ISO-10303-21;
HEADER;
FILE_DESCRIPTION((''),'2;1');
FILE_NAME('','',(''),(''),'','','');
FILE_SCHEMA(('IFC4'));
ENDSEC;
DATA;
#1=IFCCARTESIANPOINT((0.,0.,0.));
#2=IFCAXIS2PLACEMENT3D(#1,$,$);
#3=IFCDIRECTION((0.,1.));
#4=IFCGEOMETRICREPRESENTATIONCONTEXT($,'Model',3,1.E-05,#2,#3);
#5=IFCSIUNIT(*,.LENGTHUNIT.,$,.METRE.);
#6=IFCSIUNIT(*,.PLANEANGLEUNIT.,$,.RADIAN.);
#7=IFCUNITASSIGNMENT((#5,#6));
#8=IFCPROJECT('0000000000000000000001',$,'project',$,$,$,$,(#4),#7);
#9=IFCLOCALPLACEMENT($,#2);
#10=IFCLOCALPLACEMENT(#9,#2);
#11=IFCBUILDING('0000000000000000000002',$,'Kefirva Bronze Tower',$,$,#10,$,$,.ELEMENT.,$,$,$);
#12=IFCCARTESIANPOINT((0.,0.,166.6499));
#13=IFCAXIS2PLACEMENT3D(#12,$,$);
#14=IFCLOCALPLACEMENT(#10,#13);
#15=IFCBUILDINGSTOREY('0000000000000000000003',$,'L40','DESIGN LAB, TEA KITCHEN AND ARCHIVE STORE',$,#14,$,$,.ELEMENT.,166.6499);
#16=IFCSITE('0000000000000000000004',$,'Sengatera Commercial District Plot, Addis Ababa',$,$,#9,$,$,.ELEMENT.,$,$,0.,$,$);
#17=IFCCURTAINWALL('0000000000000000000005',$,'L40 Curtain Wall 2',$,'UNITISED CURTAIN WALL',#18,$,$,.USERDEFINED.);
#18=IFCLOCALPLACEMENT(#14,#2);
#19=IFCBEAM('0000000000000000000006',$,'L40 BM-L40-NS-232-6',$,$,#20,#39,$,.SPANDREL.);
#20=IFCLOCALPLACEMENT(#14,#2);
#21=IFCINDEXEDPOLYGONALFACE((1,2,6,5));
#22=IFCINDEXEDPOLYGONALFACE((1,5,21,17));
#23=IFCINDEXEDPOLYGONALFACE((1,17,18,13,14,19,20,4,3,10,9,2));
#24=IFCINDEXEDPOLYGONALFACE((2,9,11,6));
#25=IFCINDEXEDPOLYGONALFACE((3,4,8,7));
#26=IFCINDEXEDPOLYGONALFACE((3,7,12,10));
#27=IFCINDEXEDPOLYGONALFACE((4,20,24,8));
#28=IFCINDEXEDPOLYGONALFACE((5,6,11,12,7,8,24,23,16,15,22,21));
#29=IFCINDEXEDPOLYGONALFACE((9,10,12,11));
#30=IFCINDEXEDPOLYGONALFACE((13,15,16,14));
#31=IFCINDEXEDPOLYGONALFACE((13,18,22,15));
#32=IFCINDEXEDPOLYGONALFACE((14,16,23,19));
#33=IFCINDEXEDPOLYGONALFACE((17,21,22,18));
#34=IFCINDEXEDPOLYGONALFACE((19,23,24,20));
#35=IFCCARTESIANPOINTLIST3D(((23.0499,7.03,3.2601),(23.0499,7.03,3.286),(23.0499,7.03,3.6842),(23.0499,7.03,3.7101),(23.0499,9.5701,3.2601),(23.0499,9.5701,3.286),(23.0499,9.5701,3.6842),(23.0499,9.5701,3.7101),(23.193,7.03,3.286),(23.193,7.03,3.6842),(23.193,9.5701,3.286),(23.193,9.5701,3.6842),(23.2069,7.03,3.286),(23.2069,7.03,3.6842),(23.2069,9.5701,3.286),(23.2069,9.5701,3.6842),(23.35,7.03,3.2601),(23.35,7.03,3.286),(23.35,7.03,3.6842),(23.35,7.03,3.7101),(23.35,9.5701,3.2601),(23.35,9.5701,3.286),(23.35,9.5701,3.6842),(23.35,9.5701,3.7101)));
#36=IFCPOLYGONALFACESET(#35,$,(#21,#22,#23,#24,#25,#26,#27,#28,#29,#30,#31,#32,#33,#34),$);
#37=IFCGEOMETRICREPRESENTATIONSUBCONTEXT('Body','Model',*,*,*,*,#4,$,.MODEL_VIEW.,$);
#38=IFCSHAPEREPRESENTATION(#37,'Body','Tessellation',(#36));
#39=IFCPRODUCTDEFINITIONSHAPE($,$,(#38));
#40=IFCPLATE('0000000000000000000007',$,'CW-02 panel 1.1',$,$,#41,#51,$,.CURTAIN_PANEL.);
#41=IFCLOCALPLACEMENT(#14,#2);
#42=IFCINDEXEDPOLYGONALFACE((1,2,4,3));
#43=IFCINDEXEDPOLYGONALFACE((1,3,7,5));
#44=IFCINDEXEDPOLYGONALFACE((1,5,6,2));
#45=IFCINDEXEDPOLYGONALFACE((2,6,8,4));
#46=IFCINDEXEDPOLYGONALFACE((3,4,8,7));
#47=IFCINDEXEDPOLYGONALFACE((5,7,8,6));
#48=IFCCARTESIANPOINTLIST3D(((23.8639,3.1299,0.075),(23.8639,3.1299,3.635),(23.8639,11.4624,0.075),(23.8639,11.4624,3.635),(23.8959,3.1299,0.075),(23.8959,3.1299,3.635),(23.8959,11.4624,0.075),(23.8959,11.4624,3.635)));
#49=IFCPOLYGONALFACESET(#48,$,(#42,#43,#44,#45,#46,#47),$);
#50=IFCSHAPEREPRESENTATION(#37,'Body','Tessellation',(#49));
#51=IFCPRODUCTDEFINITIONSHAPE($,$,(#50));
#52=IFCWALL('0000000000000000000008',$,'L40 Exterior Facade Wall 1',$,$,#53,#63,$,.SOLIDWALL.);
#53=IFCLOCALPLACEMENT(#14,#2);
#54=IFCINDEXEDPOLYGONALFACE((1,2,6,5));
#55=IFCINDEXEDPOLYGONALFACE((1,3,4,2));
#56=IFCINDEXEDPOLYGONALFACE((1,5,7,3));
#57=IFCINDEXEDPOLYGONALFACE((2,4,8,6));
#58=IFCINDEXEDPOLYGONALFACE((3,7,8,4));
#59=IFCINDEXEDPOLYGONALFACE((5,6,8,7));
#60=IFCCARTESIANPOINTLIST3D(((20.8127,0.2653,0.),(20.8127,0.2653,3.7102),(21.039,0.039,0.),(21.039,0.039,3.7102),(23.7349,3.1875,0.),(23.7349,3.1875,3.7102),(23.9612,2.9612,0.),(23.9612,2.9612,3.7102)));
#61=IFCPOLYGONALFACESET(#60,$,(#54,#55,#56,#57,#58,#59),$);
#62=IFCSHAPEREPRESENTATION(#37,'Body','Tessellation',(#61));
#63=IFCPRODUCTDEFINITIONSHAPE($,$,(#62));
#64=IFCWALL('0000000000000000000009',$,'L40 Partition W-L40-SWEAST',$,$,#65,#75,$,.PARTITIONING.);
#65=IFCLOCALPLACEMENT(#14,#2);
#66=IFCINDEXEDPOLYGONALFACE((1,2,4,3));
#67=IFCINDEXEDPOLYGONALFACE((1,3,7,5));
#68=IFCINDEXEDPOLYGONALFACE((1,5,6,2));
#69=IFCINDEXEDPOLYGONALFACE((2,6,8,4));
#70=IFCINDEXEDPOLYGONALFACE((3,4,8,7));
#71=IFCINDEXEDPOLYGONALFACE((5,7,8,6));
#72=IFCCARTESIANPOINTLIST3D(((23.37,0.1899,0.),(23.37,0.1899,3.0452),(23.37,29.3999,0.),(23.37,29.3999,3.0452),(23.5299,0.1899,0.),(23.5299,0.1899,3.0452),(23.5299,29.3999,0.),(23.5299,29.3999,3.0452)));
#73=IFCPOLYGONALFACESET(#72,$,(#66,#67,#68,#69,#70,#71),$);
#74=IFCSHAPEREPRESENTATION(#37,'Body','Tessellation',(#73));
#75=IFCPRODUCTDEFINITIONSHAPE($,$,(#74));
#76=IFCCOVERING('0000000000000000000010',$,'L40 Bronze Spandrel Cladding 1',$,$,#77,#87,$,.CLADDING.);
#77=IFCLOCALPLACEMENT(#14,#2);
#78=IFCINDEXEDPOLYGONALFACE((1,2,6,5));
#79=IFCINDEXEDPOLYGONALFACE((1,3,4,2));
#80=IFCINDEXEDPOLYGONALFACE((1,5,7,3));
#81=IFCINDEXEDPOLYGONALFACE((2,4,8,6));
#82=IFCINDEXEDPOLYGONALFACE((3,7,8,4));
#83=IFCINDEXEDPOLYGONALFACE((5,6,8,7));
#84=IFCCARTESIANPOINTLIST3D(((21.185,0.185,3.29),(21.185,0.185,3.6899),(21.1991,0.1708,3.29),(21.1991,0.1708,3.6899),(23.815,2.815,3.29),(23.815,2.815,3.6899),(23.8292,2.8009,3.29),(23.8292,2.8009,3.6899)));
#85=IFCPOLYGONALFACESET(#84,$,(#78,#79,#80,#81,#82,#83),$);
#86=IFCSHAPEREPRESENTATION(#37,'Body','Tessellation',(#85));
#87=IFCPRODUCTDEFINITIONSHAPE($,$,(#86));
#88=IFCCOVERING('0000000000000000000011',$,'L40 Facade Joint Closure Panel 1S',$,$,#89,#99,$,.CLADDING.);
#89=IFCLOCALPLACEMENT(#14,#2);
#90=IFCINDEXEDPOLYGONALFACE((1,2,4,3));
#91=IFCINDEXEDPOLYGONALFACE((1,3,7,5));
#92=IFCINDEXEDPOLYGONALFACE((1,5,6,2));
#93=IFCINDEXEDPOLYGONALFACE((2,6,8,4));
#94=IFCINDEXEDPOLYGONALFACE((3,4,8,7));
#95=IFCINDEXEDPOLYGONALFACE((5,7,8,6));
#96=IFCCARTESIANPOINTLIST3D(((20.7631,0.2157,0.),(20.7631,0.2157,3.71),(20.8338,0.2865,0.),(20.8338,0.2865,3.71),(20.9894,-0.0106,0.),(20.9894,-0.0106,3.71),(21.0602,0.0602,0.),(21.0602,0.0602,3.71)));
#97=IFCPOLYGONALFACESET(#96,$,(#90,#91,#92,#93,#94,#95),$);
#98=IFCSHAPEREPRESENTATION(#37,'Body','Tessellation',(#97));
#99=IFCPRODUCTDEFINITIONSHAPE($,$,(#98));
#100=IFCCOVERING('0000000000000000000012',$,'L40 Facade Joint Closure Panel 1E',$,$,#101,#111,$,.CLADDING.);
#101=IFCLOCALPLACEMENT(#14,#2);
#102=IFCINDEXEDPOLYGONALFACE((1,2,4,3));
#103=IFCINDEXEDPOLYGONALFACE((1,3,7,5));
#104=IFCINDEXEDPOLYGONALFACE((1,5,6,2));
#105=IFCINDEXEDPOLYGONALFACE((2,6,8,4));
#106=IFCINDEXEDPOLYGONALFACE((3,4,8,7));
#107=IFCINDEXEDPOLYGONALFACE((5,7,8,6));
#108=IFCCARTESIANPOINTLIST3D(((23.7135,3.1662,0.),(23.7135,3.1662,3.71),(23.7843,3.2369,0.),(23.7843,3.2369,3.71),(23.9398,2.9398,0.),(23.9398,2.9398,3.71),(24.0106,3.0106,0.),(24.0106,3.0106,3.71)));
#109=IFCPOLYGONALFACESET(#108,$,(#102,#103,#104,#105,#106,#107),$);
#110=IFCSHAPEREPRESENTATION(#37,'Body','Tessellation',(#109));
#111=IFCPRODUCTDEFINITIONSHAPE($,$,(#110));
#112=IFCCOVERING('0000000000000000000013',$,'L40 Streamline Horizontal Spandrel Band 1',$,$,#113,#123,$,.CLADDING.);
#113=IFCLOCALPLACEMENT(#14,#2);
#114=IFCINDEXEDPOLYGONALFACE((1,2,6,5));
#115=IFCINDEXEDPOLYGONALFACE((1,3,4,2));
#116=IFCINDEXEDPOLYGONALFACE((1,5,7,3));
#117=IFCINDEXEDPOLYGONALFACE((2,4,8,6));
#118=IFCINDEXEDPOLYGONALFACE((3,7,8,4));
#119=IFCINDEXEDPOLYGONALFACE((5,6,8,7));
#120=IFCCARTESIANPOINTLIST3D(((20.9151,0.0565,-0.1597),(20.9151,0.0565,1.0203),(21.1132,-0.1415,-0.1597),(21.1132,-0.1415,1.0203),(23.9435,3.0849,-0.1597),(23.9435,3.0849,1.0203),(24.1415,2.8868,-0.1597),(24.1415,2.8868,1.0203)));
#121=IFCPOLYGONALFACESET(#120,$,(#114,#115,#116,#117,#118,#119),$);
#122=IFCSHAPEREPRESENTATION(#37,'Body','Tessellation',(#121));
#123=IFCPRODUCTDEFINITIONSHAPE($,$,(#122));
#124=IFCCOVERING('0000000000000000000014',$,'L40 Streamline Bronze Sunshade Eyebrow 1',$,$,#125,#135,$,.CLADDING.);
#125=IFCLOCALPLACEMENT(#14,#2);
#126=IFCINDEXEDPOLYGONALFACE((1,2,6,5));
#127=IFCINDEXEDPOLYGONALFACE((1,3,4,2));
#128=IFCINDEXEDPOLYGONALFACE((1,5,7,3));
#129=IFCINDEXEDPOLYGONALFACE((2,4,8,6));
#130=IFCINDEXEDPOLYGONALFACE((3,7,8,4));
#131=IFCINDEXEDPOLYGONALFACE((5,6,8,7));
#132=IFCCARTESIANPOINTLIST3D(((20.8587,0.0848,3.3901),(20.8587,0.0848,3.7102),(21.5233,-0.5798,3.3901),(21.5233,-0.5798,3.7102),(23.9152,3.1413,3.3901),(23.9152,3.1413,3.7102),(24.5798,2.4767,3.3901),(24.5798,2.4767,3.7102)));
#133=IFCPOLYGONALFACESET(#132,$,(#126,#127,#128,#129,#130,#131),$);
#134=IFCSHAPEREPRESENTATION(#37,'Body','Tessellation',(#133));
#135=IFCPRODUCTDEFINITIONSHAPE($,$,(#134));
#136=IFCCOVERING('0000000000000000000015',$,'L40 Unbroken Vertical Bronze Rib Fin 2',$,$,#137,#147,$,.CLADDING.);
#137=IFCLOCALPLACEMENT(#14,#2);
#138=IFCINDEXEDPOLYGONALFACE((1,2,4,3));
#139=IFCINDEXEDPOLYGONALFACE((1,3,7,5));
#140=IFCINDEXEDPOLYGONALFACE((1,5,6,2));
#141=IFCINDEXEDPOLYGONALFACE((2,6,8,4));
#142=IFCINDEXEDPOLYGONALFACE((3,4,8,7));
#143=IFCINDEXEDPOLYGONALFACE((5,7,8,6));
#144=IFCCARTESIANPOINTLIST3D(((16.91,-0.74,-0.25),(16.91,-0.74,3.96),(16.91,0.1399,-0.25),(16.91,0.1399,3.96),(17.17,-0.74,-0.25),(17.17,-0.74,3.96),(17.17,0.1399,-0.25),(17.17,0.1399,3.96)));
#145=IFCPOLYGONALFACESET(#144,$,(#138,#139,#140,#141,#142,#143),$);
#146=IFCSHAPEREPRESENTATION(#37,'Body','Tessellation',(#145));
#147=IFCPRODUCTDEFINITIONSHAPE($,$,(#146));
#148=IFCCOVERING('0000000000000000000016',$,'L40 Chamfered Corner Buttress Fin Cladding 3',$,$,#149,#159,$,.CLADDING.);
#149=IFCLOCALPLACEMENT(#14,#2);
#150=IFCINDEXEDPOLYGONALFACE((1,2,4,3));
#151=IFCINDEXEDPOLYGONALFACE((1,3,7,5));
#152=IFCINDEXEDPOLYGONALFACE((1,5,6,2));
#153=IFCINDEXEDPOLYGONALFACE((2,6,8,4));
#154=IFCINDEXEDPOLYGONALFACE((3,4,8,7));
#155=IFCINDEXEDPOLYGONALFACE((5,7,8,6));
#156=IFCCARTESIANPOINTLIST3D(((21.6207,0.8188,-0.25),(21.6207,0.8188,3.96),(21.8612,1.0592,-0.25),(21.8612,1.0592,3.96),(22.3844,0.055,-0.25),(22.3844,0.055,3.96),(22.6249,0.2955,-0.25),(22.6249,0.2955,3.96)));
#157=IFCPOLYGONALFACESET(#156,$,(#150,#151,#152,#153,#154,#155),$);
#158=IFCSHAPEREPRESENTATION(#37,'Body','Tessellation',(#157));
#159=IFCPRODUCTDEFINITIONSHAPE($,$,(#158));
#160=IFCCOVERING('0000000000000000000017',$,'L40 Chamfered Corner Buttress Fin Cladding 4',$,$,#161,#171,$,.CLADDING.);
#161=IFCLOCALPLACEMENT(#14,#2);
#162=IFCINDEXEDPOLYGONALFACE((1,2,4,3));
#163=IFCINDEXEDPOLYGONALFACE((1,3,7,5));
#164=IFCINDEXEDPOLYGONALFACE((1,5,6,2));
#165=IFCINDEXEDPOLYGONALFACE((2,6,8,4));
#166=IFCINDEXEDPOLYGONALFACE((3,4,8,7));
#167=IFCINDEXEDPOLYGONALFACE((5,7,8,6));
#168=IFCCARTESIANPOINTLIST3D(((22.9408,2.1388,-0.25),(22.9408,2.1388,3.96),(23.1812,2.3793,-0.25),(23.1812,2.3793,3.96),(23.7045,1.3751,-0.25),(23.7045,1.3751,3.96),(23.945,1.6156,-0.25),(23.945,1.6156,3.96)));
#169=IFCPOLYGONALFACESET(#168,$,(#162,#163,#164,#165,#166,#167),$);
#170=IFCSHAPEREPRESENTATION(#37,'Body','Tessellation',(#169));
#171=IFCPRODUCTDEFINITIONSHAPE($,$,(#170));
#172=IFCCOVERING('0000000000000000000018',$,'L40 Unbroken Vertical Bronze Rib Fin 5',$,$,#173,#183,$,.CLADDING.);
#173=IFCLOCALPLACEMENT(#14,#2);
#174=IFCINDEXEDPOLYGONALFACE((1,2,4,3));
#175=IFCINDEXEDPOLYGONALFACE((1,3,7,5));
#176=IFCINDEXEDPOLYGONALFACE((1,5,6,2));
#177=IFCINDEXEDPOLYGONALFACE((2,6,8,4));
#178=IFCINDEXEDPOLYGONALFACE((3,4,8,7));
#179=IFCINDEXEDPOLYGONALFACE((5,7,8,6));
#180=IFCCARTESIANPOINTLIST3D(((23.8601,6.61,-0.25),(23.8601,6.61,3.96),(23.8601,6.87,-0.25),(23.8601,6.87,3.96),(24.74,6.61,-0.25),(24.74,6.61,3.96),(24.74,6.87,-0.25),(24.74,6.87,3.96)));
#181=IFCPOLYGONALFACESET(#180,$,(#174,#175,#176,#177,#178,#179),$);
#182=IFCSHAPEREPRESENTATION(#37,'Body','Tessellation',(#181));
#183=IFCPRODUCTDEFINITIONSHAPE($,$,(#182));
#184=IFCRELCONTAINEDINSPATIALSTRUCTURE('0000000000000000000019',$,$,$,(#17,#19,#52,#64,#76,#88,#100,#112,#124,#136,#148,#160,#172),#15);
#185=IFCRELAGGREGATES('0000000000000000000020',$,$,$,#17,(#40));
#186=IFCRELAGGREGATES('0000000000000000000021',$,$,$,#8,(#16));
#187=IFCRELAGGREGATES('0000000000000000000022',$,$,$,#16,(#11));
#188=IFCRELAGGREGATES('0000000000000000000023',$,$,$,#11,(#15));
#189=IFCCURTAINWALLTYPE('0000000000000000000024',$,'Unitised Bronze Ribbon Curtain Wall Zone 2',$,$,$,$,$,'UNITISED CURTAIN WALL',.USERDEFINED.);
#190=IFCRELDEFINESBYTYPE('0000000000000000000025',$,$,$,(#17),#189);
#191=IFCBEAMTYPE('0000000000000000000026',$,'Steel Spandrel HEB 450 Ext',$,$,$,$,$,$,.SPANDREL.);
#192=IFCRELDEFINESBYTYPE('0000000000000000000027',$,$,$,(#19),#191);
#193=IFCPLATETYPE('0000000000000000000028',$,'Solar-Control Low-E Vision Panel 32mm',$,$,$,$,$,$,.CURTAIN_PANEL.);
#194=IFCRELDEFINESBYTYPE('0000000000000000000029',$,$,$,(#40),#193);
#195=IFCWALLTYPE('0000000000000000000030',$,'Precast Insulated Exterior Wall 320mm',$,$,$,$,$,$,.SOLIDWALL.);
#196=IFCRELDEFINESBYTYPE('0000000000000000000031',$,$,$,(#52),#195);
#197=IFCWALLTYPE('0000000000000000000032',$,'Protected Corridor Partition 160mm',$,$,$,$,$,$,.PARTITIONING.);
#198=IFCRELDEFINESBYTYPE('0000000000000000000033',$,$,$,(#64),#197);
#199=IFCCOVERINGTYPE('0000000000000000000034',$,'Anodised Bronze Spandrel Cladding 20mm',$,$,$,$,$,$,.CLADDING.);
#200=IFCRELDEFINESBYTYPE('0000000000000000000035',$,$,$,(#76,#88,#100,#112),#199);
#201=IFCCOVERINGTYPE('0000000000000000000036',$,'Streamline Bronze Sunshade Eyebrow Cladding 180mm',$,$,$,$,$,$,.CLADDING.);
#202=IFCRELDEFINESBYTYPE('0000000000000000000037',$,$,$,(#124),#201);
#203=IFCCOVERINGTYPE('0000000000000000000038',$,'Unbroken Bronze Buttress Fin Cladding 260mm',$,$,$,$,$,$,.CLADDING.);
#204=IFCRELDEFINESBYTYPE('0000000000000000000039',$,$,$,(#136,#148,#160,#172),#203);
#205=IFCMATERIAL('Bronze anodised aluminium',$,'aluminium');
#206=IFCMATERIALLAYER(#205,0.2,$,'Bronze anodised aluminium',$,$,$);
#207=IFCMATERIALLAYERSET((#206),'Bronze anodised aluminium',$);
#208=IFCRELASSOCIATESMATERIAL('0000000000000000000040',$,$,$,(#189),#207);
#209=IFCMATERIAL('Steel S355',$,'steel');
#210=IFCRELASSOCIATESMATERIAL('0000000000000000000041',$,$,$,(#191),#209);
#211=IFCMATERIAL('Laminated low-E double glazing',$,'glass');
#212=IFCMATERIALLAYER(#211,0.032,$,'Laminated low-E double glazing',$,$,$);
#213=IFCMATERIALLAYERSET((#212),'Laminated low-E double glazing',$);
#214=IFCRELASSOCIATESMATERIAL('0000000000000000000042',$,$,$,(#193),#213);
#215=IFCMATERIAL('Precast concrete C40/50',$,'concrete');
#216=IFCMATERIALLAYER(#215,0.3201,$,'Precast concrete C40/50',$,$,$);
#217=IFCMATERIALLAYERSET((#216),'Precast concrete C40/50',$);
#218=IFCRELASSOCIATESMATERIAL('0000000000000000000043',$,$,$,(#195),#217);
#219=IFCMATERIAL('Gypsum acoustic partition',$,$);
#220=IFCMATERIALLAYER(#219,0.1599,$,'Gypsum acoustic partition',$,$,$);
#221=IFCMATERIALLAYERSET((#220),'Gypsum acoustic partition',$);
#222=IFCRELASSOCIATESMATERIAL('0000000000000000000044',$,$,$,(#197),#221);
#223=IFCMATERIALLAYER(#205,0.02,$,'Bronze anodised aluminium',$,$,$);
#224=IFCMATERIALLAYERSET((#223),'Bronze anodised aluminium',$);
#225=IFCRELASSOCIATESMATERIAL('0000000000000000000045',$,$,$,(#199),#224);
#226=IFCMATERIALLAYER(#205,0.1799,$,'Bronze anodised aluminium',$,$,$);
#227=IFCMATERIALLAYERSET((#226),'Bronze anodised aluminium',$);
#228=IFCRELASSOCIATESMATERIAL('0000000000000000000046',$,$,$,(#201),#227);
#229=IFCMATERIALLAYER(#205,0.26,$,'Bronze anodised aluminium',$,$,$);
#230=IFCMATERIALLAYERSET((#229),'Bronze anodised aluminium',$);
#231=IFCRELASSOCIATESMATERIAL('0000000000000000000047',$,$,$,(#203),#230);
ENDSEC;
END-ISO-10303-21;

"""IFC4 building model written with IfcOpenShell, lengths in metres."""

from ifc_helpers import new_model, si_unit, direction, frame, frame_2d, origin, origin_2d, place, context, subcontext, project, spatial, rectangle, i_section, extrude, material, layer, layer_set, material_profile, profile_set, type_object, element, aggregate, save


model = new_model("IFC4")

# Units and contexts
model_context = context("Model", 3, precision=1e-05, world=origin(), true_north=direction((0.0, 1.0)))
body_context = subcontext(model_context, "Body", "Model", "MODEL_VIEW")
ifc_project = project(units=[si_unit("LENGTHUNIT", "METRE"), si_unit("PLANEANGLEUNIT", "RADIAN")], contexts=[model_context])

# Site, building, storey
site_placement = place(None, origin())
site = spatial("IfcSite", under=ifc_project, at=site_placement, Name="Sengatera Commercial District Plot, Addis Ababa", CompositionType="ELEMENT", RefElevation=0.0)
building_placement = place(site_placement, origin())
building = spatial("IfcBuilding", under=site, at=building_placement, Name="Kefirva Bronze Tower", CompositionType="ELEMENT")
storey_placement = place(building_placement, frame((0.0, 0.0, 166.6499)))
storey = spatial("IfcBuildingStorey", under=building, at=storey_placement, Name="L40", Description="DESIGN LAB, TEA KITCHEN AND ARCHIVE STORE", CompositionType="ELEMENT", Elevation=166.6499)

# Shared definitions
ifc_material_1 = material(Name="Bronze anodised aluminium", Category="aluminium")
ifc_layer_1 = layer(ifc_material_1, 0.2, Name="Bronze anodised aluminium")
ifc_layer_set_1 = layer_set([ifc_layer_1], Name="Bronze anodised aluminium")
curtain_wall_type = type_object("IfcCurtainWallType", Name="Unitised Bronze Ribbon Curtain Wall Zone 2", ElementType="UNITISED CURTAIN WALL", PredefinedType="USERDEFINED", material=ifc_layer_set_1)

# Curtain wall
curtain_wall_1_placement = place(storey_placement, origin())
curtain_wall_1 = element("IfcCurtainWall", 1, at=curtain_wall_1_placement, inside=storey, type_object=curtain_wall_type, Name="L40 Curtain Wall 2", ObjectType="UNITISED CURTAIN WALL", PredefinedType="USERDEFINED")

# Beam
ifc_material_2 = material(Name="Steel S355", Category="steel")
ifc_material_profile_1 = material_profile(ifc_material_2, i_section(OverallWidth=0.3, OverallDepth=0.45, WebThickness=0.0139, FlangeThickness=0.0259, at=origin_2d()), Name="HEB 450")
ifc_profile_set_1 = profile_set([ifc_material_profile_1], Name="Steel S355")
beam_type_1 = type_object("IfcBeamType", Name="Steel Spandrel HEB 450 Ext", PredefinedType="SPANDREL", material=ifc_profile_set_1)
beam_1_placement = place(storey_placement, frame((23.2, 7.03, 3.4851), z_axis=(0.0, 1.0, 0.0), x_axis=(-1.0, 0.0, 0.0)))
element("IfcBeam", 2, at=beam_1_placement, inside=storey, type_object=beam_type_1, Name="L40 BM-L40-NS-232-6", PredefinedType="SPANDREL", context=body_context, shape_type="SweptSolid", body=[
    extrude(i_section(OverallWidth=0.3, OverallDepth=0.45, WebThickness=0.0139, FlangeThickness=0.0259, at=origin_2d()), origin(), (0.0, 0.0, 1.0), 2.54),
])

# Plate
ifc_material_3 = material(Name="Laminated low-E double glazing", Category="glass")
ifc_layer_2 = layer(ifc_material_3, 0.032, Name="Laminated low-E double glazing")
ifc_layer_set_2 = layer_set([ifc_layer_2], Name="Laminated low-E double glazing")
plate_type = type_object("IfcPlateType", Name="Solar-Control Low-E Vision Panel 32mm", PredefinedType="CURTAIN_PANEL", material=ifc_layer_set_2)
plate_placement = place(storey_placement, frame((23.8799, 7.2961, 0.075), z_axis=(0.0, 0.0, 1.0), x_axis=(0.0, 1.0, 0.0)))
plate = element("IfcPlate", 3, at=plate_placement, type_object=plate_type, Name="CW-02 panel 1.1", PredefinedType="CURTAIN_PANEL", context=body_context, shape_type="SweptSolid", body=[
    extrude(rectangle(XDim=8.3325, YDim=0.032, at=origin_2d()), origin(), (0.0, 0.0, 1.0), 3.5601),
])
aggregate(curtain_wall_1, [plate])

# Walls
ifc_material_4 = material(Name="Precast concrete C40/50", Category="concrete")
ifc_layer_3 = layer(ifc_material_4, 0.3201, Name="Precast concrete C40/50")
ifc_layer_set_3 = layer_set([ifc_layer_3], Name="Precast concrete C40/50")
wall_type_1 = type_object("IfcWallType", Name="Precast Insulated Exterior Wall 320mm", PredefinedType="SOLIDWALL", material=ifc_layer_set_3)
wall_1_placement = place(storey_placement, frame((20.9258, 0.1521, 0.0), z_axis=(0.0, 0.0, 1.0), x_axis=(0.707107, 0.707107, 0.0)))
element("IfcWall", 4, at=wall_1_placement, inside=storey, type_object=wall_type_1, Name="L40 Exterior Facade Wall 1", PredefinedType="SOLIDWALL", context=body_context, shape_type="SweptSolid", body=[
    extrude(rectangle(XDim=4.1326, YDim=0.3201, at=frame_2d((2.0664, 0.0))), origin(), (0.0, 0.0, 1.0), 3.7102),
])
ifc_material_5 = material(Name="Gypsum acoustic partition")
ifc_layer_4 = layer(ifc_material_5, 0.1599, Name="Gypsum acoustic partition")
ifc_layer_set_4 = layer_set([ifc_layer_4], Name="Gypsum acoustic partition")
wall_type_2 = type_object("IfcWallType", Name="Protected Corridor Partition 160mm", PredefinedType="PARTITIONING", material=ifc_layer_set_4)
wall_2_placement = place(storey_placement, frame((23.45, 0.1899, 0.0), z_axis=(0.0, 0.0, 1.0), x_axis=(0.0, 1.0, 0.0)))
element("IfcWall", 5, at=wall_2_placement, inside=storey, type_object=wall_type_2, Name="L40 Partition W-L40-SWEAST", PredefinedType="PARTITIONING", context=body_context, shape_type="SweptSolid", body=[
    extrude(rectangle(XDim=29.21, YDim=0.1599, at=frame_2d((14.605, 0.0))), origin(), (0.0, 0.0, 1.0), 3.0452),
])

# Coverings
ifc_layer_5 = layer(ifc_material_1, 0.02, Name="Bronze anodised aluminium")
ifc_layer_set_5 = layer_set([ifc_layer_5], Name="Bronze anodised aluminium")
covering_type_1 = type_object("IfcCoveringType", Name="Anodised Bronze Spandrel Cladding 20mm", PredefinedType="CLADDING", material=ifc_layer_set_5)
covering_1_placement = place(storey_placement, frame((22.5071, 1.4929, 3.29), z_axis=(0.0, 0.0, 1.0), x_axis=(0.707107, 0.707107, 0.0)))
element("IfcCovering", 6, at=covering_1_placement, inside=storey, type_object=covering_type_1, Name="L40 Bronze Spandrel Cladding 1", PredefinedType="CLADDING", context=body_context, shape_type="SweptSolid", body=[
    extrude(rectangle(XDim=3.7195, YDim=0.02, at=origin_2d()), origin(), (0.0, 0.0, 1.0), 0.3999),
])
for number, where, z_axis, x_axis, name in (
    (7, (20.9116, 0.1379, 0.0), (0.0, 0.0, 1.0), (0.707107, 0.707107, 0.0), "L40 Facade Joint Closure Panel 1S"),
    (8, (23.8621, 3.0884, 0.0), (0.0, 0.0, 1.0), (0.707107, 0.707107, 0.0), "L40 Facade Joint Closure Panel 1E"),
):
    element("IfcCovering", number, at=place(storey_placement, frame(where, z_axis=z_axis, x_axis=x_axis)), inside=storey, type_object=covering_type_1, Name=name, PredefinedType="CLADDING", context=body_context, shape_type="SweptSolid", body=[
        extrude(rectangle(XDim=0.1001, YDim=0.3201, at=origin_2d()), origin(), (0.0, 0.0, 1.0), 3.71),
    ])
covering_2_placement = place(storey_placement, frame((22.5283, 1.4717, -0.1597), z_axis=(0.0, 0.0, 1.0), x_axis=(0.707107, 0.707107, 0.0)))
element("IfcCovering", 9, at=covering_2_placement, inside=storey, type_object=covering_type_1, Name="L40 Streamline Horizontal Spandrel Band 1", PredefinedType="CLADDING", context=body_context, shape_type="SweptSolid", body=[
    extrude(rectangle(XDim=4.2827, YDim=0.28, at=origin_2d()), origin(), (0.0, 0.0, 1.0), 1.1799),
])
ifc_layer_6 = layer(ifc_material_1, 0.1799, Name="Bronze anodised aluminium")
ifc_layer_set_6 = layer_set([ifc_layer_6], Name="Bronze anodised aluminium")
covering_type_2 = type_object("IfcCoveringType", Name="Streamline Bronze Sunshade Eyebrow Cladding 180mm", PredefinedType="CLADDING", material=ifc_layer_set_6)
covering_3_placement = place(storey_placement, frame((22.7192, 1.2808, 3.3901), z_axis=(0.0, 0.0, 1.0), x_axis=(0.707107, 0.707107, 0.0)))
element("IfcCovering", 10, at=covering_3_placement, inside=storey, type_object=covering_type_2, Name="L40 Streamline Bronze Sunshade Eyebrow 1", PredefinedType="CLADDING", context=body_context, shape_type="SweptSolid", body=[
    extrude(rectangle(XDim=4.3225, YDim=0.9399, at=origin_2d()), origin(), (0.0, 0.0, 1.0), 0.3201),
])
ifc_layer_7 = layer(ifc_material_1, 0.26, Name="Bronze anodised aluminium")
ifc_layer_set_7 = layer_set([ifc_layer_7], Name="Bronze anodised aluminium")
covering_type_3 = type_object("IfcCoveringType", Name="Unbroken Bronze Buttress Fin Cladding 260mm", PredefinedType="CLADDING", material=ifc_layer_set_7)
covering_4_placement = place(storey_placement, frame((17.04, -0.3, -0.25), z_axis=(0.0, 0.0, 1.0), x_axis=(1.0, 0.0, 0.0)))
element("IfcCovering", 11, at=covering_4_placement, inside=storey, type_object=covering_type_3, Name="L40 Unbroken Vertical Bronze Rib Fin 2", PredefinedType="CLADDING", context=body_context, shape_type="SweptSolid", body=[
    extrude(rectangle(XDim=0.26, YDim=0.8799, at=origin_2d()), origin(), (0.0, 0.0, 1.0), 4.21),
])
for number, where, z_axis, x_axis, name in (
    (12, (22.1228, 0.5571, -0.25), (0.0, 0.0, 1.0), (0.707107, 0.707107, 0.0), "L40 Chamfered Corner Buttress Fin Cladding 3"),
    (13, (23.4429, 1.8772, -0.25), (0.0, 0.0, 1.0), (0.707107, 0.707107, 0.0), "L40 Chamfered Corner Buttress Fin Cladding 4"),
):
    element("IfcCovering", number, at=place(storey_placement, frame(where, z_axis=z_axis, x_axis=x_axis)), inside=storey, type_object=covering_type_3, Name=name, PredefinedType="CLADDING", context=body_context, shape_type="SweptSolid", body=[
        extrude(rectangle(XDim=0.3401, YDim=1.0801, at=origin_2d()), origin(), (0.0, 0.0, 1.0), 4.21),
    ])
covering_5_placement = place(storey_placement, frame((24.3, 6.74, -0.25), z_axis=(0.0, 0.0, 1.0), x_axis=(0.0, 1.0, 0.0)))
element("IfcCovering", 14, at=covering_5_placement, inside=storey, type_object=covering_type_3, Name="L40 Unbroken Vertical Bronze Rib Fin 5", PredefinedType="CLADDING", context=body_context, shape_type="SweptSolid", body=[
    extrude(rectangle(XDim=0.26, YDim=0.8799, at=origin_2d()), origin(), (0.0, 0.0, 1.0), 4.21),
])

save(model, "model.ifc")
